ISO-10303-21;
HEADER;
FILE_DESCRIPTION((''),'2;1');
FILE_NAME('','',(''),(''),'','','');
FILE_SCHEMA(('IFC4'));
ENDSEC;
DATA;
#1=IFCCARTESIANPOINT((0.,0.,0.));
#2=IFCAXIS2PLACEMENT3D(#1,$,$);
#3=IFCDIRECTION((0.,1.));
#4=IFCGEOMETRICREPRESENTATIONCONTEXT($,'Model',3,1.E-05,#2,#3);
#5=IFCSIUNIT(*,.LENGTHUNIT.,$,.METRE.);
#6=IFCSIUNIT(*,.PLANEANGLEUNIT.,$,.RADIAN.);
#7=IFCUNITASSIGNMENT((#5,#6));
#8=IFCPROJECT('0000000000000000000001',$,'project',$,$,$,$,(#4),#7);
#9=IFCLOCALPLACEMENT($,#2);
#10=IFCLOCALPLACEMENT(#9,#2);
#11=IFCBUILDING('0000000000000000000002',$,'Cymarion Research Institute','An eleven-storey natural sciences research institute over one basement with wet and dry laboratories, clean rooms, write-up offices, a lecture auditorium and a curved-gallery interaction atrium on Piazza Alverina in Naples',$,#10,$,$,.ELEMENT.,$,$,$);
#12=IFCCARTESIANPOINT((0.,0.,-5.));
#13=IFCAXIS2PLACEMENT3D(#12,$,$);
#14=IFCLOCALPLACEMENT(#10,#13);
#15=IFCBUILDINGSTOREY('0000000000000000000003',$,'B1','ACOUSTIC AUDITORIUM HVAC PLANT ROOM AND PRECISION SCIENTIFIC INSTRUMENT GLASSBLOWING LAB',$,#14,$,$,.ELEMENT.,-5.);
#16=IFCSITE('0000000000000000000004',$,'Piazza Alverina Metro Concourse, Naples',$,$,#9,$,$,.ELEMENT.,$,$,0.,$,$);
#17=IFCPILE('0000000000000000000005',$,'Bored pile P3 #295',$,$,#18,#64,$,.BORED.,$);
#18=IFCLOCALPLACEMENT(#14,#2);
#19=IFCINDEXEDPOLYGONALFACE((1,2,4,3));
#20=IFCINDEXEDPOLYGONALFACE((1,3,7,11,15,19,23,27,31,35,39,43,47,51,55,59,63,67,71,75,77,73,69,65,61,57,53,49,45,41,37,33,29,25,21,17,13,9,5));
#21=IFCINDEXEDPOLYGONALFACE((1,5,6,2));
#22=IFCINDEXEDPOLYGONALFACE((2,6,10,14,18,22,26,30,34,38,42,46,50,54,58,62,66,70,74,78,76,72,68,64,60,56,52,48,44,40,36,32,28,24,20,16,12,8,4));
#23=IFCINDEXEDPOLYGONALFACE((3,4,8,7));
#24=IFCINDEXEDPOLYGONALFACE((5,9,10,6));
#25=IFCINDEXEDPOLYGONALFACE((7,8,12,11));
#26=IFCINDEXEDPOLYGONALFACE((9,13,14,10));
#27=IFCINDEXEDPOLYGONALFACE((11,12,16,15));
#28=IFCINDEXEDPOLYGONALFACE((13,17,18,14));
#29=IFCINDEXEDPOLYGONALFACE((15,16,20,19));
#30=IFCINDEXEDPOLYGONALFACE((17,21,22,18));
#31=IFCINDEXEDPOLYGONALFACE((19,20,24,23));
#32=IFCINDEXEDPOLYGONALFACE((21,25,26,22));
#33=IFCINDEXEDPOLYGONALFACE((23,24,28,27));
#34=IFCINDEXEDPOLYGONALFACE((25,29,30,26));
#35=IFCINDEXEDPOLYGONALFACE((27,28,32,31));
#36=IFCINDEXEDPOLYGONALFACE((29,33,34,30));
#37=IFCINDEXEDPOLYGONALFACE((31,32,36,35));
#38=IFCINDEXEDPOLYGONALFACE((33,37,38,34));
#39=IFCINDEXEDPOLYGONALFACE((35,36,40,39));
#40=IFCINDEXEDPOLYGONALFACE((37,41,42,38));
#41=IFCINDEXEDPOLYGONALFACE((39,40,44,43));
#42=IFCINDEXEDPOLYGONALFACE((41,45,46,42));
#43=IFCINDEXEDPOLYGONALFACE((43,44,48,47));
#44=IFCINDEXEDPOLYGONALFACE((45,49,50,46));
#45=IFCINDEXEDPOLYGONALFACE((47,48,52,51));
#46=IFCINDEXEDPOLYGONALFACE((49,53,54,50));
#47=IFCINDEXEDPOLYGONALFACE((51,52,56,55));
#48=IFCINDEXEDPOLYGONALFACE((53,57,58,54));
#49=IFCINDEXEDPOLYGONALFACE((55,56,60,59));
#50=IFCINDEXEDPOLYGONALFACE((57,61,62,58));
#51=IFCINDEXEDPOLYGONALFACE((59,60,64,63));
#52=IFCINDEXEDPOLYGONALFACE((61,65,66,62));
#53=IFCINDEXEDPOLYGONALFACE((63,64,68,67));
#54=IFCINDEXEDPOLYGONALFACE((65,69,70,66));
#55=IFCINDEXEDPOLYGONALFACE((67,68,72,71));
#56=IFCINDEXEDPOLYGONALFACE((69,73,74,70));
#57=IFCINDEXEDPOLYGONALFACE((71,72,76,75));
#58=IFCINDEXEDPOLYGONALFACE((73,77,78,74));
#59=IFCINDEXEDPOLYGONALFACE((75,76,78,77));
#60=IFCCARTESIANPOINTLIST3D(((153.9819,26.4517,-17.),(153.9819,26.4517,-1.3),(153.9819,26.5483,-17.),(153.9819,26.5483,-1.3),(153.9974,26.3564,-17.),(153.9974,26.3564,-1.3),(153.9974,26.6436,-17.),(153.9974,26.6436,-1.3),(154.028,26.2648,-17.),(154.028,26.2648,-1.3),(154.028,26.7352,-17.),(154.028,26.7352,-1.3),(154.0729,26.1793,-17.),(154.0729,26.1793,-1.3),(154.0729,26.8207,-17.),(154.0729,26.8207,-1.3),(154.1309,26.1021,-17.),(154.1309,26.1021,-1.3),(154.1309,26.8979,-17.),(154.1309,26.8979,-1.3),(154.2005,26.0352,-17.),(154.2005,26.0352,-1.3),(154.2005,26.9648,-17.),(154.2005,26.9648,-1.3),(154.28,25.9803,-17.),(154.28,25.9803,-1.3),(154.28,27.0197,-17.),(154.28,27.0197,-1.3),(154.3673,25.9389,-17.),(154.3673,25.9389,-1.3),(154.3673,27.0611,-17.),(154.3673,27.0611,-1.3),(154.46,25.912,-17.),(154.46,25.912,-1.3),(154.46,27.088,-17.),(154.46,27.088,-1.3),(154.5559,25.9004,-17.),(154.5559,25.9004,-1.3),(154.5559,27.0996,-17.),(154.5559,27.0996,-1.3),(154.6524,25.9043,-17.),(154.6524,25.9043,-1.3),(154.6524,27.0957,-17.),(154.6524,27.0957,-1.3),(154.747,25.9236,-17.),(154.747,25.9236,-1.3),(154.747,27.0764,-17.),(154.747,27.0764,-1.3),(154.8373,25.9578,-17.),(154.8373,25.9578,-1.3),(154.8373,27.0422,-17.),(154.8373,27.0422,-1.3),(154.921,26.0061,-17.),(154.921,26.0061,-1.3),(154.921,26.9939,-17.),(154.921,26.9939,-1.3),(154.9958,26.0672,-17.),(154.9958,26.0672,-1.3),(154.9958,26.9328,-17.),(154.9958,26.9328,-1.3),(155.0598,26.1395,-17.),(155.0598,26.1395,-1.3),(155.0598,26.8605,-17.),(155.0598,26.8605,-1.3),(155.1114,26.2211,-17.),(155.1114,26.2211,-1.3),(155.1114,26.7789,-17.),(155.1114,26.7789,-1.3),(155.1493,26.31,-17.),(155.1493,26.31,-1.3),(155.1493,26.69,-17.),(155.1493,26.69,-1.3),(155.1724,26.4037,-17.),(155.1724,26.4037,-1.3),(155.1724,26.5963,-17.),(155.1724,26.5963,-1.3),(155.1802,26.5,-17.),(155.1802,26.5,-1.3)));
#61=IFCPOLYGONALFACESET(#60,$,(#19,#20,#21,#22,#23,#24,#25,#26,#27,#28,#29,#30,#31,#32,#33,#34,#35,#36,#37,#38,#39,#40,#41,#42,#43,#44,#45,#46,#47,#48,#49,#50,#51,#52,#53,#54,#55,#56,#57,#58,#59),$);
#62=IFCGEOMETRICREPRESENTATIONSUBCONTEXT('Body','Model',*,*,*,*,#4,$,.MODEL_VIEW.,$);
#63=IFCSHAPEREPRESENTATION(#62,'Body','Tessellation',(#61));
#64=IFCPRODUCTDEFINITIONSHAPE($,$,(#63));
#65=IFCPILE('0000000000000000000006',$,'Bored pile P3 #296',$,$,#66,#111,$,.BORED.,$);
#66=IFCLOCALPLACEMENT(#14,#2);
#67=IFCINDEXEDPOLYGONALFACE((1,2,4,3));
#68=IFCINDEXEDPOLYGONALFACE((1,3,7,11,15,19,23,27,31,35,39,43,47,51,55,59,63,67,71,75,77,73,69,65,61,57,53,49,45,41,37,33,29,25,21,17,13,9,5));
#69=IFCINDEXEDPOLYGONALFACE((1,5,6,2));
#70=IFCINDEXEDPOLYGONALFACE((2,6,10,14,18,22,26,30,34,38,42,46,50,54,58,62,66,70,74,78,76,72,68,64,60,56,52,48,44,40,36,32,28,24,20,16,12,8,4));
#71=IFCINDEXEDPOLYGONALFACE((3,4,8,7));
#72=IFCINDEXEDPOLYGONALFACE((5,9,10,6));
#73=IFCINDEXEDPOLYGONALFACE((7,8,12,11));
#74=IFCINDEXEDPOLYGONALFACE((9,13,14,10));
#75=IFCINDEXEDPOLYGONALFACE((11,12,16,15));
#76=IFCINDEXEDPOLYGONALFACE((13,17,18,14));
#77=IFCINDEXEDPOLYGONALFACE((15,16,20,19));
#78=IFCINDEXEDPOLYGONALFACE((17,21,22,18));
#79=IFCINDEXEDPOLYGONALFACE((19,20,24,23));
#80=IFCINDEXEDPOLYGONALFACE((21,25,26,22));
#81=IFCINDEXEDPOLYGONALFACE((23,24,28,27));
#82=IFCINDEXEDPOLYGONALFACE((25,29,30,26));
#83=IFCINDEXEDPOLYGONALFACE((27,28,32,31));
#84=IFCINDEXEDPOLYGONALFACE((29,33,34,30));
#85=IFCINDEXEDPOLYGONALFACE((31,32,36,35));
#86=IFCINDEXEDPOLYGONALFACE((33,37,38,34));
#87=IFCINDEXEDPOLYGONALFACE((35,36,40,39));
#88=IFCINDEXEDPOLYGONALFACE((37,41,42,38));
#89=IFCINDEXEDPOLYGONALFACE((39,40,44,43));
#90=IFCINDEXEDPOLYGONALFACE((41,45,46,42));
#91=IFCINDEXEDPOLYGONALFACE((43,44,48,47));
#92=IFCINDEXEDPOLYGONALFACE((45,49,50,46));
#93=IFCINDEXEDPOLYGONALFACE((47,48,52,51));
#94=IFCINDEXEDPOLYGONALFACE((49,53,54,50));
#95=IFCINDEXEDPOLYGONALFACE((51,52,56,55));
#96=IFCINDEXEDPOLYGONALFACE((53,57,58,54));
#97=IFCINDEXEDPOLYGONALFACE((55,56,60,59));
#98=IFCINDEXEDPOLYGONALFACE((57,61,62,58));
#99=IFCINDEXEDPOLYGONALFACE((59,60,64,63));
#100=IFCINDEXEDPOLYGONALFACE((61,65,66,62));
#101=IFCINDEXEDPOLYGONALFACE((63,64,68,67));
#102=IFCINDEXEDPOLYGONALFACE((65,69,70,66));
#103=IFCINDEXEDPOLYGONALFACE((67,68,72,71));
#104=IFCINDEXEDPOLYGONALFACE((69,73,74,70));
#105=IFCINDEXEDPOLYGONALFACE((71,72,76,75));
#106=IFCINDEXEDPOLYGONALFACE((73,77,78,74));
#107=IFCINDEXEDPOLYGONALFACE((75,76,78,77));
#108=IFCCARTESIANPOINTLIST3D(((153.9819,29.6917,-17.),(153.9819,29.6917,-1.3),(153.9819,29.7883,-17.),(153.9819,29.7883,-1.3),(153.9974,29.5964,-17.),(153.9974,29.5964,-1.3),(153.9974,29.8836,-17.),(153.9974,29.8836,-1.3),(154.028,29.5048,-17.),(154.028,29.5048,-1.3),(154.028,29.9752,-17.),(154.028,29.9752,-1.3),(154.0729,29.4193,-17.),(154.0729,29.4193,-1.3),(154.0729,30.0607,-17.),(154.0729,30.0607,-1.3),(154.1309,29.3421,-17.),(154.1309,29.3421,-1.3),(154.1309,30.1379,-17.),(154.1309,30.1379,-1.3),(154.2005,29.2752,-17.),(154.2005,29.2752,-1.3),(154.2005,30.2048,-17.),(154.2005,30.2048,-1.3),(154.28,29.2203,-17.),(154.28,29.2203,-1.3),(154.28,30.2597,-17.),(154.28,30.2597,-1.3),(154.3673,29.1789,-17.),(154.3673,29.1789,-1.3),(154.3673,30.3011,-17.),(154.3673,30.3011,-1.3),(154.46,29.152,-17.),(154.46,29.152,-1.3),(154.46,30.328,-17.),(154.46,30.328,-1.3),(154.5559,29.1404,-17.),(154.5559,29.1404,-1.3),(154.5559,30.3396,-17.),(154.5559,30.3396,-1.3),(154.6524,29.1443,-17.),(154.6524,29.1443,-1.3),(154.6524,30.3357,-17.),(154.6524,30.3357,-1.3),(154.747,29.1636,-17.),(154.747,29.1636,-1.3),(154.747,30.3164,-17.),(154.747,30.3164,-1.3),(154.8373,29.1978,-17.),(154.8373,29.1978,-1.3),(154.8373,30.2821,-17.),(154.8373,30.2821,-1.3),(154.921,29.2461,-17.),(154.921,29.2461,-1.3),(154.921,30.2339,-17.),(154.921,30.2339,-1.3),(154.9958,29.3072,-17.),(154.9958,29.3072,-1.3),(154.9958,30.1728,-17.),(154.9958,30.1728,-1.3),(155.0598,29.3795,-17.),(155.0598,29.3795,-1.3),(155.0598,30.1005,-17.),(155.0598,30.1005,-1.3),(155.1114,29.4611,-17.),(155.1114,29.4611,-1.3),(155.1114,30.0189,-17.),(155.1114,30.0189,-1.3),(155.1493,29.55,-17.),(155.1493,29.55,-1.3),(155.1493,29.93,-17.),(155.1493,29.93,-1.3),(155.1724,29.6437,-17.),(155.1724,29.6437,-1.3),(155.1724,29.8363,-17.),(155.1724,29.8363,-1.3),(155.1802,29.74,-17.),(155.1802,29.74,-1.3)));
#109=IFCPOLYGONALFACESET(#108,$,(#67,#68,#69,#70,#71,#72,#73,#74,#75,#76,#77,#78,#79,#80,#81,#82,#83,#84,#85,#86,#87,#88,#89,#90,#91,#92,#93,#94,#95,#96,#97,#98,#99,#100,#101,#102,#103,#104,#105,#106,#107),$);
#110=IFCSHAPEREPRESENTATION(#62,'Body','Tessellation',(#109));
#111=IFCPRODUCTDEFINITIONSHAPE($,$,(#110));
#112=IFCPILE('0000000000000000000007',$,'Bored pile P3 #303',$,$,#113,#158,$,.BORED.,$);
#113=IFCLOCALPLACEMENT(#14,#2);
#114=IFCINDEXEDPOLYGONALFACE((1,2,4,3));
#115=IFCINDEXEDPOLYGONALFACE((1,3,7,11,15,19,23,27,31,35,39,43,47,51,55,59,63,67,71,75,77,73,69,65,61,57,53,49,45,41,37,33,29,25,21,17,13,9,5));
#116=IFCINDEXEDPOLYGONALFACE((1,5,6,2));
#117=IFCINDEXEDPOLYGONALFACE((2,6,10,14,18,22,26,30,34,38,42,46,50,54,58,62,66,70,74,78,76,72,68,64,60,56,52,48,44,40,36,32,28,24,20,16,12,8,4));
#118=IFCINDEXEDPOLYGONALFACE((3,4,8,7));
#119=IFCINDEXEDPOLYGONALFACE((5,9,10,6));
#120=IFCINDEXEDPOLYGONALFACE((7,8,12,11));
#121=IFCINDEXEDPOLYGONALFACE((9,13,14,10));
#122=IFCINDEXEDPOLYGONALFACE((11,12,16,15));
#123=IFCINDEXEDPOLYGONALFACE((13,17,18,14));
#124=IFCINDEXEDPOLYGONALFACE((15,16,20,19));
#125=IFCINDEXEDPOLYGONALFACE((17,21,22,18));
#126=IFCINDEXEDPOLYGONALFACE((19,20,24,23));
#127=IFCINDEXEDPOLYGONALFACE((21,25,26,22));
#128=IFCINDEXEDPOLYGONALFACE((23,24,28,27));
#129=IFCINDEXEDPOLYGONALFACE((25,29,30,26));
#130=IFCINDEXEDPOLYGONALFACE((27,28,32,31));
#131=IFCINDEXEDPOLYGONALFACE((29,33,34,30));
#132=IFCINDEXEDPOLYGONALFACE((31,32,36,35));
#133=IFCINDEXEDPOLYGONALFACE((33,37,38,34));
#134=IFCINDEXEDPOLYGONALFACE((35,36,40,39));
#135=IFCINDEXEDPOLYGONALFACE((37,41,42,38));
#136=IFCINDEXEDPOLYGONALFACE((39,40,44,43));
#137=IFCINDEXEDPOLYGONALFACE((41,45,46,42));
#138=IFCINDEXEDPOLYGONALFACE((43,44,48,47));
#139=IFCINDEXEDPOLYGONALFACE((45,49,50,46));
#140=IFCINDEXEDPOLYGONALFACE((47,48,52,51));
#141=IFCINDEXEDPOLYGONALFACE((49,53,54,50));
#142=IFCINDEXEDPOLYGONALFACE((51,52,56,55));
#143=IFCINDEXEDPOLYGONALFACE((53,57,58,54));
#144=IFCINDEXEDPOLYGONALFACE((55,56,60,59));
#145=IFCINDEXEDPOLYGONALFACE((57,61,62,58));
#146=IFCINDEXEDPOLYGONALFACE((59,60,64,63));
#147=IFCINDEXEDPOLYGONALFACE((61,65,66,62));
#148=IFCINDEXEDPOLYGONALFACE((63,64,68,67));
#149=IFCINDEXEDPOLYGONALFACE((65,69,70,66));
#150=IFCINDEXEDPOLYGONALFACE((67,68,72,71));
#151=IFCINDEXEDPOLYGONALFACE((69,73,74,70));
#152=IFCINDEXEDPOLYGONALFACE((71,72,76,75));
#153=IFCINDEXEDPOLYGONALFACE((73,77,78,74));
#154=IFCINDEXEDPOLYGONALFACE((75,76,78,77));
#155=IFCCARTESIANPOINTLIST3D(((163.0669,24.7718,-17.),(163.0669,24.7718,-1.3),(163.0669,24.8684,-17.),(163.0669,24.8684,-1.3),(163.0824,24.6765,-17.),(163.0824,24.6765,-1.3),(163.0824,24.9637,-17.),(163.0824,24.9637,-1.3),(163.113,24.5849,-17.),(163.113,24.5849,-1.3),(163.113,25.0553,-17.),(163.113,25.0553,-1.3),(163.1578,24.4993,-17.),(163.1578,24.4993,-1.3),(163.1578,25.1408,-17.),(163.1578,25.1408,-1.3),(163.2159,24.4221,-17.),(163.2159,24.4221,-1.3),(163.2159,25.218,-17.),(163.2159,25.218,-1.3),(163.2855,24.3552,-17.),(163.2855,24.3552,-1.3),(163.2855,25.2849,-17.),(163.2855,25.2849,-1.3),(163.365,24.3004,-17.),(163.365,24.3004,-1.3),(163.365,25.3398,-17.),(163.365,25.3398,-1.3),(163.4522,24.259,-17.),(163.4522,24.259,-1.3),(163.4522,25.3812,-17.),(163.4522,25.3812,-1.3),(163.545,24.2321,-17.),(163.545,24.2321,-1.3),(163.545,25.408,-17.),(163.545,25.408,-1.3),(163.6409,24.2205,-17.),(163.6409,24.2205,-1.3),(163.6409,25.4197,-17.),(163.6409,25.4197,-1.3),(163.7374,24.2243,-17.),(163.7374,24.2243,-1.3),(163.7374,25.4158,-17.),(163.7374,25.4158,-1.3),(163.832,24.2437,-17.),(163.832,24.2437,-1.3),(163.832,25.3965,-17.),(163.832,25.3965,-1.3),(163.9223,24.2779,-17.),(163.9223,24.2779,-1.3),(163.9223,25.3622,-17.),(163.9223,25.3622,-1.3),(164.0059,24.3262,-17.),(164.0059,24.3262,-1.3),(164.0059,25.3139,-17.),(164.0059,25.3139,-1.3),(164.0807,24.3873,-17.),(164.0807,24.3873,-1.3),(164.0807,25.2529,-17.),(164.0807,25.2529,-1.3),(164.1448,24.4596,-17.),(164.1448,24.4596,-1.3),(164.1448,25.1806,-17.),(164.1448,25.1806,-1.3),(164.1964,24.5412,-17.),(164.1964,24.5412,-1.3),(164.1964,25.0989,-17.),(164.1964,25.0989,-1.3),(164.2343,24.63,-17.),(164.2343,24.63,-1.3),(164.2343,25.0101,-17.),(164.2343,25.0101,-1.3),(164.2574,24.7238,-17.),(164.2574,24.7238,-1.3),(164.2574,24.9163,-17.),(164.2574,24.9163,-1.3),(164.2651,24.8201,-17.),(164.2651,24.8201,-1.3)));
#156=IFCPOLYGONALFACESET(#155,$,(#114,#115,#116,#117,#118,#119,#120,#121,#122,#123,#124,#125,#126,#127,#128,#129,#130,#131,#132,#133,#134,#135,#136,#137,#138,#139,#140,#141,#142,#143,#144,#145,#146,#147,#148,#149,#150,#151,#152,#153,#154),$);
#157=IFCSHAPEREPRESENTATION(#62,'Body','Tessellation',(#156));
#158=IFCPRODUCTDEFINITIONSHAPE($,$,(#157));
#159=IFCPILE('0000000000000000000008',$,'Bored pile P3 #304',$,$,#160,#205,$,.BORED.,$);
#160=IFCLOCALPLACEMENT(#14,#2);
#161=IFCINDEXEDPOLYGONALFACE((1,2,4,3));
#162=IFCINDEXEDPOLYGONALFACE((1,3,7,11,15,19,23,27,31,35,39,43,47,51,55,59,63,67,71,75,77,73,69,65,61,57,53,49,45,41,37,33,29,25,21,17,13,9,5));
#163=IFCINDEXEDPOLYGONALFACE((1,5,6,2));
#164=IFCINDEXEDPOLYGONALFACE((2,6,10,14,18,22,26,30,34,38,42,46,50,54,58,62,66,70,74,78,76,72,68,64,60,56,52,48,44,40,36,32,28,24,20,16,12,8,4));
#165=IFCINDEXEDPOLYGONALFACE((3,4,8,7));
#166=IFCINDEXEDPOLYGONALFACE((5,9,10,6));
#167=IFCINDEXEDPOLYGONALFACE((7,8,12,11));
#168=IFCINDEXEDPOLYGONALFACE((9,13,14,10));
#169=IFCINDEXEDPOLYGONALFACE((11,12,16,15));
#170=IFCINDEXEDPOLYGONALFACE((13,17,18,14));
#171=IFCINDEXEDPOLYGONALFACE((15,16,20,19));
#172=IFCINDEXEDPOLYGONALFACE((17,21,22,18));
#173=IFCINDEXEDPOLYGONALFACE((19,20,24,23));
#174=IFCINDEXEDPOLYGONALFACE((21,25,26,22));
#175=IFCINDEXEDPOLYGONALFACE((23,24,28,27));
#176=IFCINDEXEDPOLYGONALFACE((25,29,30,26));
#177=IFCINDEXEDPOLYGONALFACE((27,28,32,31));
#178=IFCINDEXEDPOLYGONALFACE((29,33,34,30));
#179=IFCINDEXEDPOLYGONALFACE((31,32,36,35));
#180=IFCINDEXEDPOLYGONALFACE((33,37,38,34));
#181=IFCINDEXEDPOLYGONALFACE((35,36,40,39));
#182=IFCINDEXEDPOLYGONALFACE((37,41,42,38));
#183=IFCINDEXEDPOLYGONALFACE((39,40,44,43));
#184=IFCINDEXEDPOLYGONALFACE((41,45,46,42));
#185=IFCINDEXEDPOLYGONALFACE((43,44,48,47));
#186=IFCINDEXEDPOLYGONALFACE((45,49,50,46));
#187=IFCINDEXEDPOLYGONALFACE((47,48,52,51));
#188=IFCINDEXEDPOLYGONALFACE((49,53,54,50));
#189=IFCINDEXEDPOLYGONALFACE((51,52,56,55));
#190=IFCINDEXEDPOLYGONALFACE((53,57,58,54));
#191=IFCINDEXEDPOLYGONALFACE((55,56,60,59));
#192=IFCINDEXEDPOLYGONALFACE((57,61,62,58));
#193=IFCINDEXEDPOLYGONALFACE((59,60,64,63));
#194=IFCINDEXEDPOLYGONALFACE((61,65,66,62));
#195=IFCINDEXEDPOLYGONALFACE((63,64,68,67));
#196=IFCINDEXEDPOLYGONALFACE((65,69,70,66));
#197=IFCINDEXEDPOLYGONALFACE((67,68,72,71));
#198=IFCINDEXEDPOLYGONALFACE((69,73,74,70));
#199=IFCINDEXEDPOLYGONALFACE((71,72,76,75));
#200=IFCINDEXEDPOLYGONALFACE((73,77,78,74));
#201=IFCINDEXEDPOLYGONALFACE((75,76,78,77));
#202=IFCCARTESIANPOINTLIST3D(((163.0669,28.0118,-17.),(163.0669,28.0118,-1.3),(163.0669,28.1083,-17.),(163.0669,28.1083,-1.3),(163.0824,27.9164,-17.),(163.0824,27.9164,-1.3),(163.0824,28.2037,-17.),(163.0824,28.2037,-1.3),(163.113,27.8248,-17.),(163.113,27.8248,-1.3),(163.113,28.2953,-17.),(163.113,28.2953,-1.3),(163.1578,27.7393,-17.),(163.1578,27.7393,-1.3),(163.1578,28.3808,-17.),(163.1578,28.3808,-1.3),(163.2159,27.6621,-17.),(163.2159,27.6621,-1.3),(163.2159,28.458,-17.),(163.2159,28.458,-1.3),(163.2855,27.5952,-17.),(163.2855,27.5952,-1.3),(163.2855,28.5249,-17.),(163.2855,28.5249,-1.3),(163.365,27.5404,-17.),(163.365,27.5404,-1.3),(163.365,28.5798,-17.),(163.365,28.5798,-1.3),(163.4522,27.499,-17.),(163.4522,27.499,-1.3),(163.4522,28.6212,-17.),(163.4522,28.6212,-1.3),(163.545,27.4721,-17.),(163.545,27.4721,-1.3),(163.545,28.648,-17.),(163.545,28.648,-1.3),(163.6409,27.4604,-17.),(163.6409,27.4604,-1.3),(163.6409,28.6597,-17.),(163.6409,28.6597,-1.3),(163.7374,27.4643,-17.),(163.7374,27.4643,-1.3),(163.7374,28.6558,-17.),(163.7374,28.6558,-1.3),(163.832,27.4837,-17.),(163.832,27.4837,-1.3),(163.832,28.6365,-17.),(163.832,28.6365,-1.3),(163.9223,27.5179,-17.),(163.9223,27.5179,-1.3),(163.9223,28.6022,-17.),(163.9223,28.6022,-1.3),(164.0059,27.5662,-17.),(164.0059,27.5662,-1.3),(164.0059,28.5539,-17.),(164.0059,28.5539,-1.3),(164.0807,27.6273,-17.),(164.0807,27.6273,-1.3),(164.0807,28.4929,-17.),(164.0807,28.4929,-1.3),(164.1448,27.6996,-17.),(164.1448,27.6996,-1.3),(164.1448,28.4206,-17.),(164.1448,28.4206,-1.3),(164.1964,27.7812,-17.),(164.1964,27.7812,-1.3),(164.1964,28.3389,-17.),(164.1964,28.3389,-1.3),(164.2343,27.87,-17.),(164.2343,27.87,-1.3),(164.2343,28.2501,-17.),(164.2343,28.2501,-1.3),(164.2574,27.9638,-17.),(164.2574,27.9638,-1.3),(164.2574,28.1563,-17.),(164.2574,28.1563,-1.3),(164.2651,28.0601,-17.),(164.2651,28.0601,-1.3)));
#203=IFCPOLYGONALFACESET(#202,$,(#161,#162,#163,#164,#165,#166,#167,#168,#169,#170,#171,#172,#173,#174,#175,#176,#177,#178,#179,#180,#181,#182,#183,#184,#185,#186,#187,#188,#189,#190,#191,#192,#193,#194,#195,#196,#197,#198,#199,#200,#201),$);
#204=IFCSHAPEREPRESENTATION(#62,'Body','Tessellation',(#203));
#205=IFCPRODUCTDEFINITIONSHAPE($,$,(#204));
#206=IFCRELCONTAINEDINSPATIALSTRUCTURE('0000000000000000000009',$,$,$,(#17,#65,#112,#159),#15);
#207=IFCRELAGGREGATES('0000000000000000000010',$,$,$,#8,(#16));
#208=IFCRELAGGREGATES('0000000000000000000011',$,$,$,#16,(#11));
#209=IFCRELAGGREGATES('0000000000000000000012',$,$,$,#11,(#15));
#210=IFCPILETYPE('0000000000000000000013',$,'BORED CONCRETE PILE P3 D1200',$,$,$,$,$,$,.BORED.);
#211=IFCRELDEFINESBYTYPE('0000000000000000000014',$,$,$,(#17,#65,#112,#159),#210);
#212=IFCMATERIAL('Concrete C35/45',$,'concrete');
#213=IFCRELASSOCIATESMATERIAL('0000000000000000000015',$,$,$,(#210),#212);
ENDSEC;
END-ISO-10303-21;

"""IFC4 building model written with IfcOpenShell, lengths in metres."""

from ifc_helpers import new_model, si_unit, direction, frame, origin, origin_2d, place, context, subcontext, project, spatial, circle, extrude, material, material_profile, profile_set, type_object, element, save


model = new_model("IFC4")

# Units and contexts
model_context = context("Model", 3, precision=1e-05, world=origin(), true_north=direction((0.0, 1.0)))
body_context = subcontext(model_context, "Body", "Model", "MODEL_VIEW")
ifc_project = project(units=[si_unit("LENGTHUNIT", "METRE"), si_unit("PLANEANGLEUNIT", "RADIAN")], contexts=[model_context])

# Site, building, storey
site_placement = place(None, origin())
site = spatial("IfcSite", under=ifc_project, at=site_placement, Name="Piazza Alverina Metro Concourse, Naples", CompositionType="ELEMENT", RefElevation=0.0)
building_placement = place(site_placement, origin())
building = spatial("IfcBuilding", under=site, at=building_placement, Name="Cymarion Research Institute", Description="An eleven-storey natural sciences research institute over one basement with wet and dry laboratories, clean rooms, write-up offices, a lecture auditorium and a curved-gallery interaction atrium on Piazza Alverina in Naples", CompositionType="ELEMENT")
storey_placement = place(building_placement, frame((0.0, 0.0, -5.0)))
storey = spatial("IfcBuildingStorey", under=building, at=storey_placement, Name="B1", Description="ACOUSTIC AUDITORIUM HVAC PLANT ROOM AND PRECISION SCIENTIFIC INSTRUMENT GLASSBLOWING LAB", CompositionType="ELEMENT", Elevation=-5.0)

# Piles
ifc_material_1 = material(Name="Concrete C35/45", Category="concrete")
ifc_material_profile_1 = material_profile(ifc_material_1, circle(Radius=0.6001, at=origin_2d()), Name="BORED PILE D1200")
ifc_profile_set_1 = profile_set([ifc_material_profile_1], Name="Concrete C35/45")
pile_type_1 = type_object("IfcPileType", Name="BORED CONCRETE PILE P3 D1200", PredefinedType="BORED", material=ifc_profile_set_1)
for number, where, z_axis, x_axis, name in (
    (1, (154.5801, 26.5, -1.3), (0.0, 0.0, -1.0), (1.0, 0.0, 0.0), "Bored pile P3 #295"),
    (2, (154.5801, 29.74, -1.3), (0.0, 0.0, -1.0), (1.0, 0.0, 0.0), "Bored pile P3 #296"),
    (3, (163.665, 24.8201, -1.3), (0.0, 0.0, -1.0), (1.0, 0.0, 0.0), "Bored pile P3 #303"),
    (4, (163.665, 28.0601, -1.3), (0.0, 0.0, -1.0), (1.0, 0.0, 0.0), "Bored pile P3 #304"),
):
    element("IfcPile", number, at=place(storey_placement, frame(where, z_axis=z_axis, x_axis=x_axis)), inside=storey, type_object=pile_type_1, Name=name, PredefinedType="BORED", context=body_context, shape_type="SweptSolid", body=[
        extrude(circle(Radius=0.6001, at=origin_2d()), origin(), (0.0, 0.0, 1.0), 15.7),
    ])

save(model, "model.ifc")
